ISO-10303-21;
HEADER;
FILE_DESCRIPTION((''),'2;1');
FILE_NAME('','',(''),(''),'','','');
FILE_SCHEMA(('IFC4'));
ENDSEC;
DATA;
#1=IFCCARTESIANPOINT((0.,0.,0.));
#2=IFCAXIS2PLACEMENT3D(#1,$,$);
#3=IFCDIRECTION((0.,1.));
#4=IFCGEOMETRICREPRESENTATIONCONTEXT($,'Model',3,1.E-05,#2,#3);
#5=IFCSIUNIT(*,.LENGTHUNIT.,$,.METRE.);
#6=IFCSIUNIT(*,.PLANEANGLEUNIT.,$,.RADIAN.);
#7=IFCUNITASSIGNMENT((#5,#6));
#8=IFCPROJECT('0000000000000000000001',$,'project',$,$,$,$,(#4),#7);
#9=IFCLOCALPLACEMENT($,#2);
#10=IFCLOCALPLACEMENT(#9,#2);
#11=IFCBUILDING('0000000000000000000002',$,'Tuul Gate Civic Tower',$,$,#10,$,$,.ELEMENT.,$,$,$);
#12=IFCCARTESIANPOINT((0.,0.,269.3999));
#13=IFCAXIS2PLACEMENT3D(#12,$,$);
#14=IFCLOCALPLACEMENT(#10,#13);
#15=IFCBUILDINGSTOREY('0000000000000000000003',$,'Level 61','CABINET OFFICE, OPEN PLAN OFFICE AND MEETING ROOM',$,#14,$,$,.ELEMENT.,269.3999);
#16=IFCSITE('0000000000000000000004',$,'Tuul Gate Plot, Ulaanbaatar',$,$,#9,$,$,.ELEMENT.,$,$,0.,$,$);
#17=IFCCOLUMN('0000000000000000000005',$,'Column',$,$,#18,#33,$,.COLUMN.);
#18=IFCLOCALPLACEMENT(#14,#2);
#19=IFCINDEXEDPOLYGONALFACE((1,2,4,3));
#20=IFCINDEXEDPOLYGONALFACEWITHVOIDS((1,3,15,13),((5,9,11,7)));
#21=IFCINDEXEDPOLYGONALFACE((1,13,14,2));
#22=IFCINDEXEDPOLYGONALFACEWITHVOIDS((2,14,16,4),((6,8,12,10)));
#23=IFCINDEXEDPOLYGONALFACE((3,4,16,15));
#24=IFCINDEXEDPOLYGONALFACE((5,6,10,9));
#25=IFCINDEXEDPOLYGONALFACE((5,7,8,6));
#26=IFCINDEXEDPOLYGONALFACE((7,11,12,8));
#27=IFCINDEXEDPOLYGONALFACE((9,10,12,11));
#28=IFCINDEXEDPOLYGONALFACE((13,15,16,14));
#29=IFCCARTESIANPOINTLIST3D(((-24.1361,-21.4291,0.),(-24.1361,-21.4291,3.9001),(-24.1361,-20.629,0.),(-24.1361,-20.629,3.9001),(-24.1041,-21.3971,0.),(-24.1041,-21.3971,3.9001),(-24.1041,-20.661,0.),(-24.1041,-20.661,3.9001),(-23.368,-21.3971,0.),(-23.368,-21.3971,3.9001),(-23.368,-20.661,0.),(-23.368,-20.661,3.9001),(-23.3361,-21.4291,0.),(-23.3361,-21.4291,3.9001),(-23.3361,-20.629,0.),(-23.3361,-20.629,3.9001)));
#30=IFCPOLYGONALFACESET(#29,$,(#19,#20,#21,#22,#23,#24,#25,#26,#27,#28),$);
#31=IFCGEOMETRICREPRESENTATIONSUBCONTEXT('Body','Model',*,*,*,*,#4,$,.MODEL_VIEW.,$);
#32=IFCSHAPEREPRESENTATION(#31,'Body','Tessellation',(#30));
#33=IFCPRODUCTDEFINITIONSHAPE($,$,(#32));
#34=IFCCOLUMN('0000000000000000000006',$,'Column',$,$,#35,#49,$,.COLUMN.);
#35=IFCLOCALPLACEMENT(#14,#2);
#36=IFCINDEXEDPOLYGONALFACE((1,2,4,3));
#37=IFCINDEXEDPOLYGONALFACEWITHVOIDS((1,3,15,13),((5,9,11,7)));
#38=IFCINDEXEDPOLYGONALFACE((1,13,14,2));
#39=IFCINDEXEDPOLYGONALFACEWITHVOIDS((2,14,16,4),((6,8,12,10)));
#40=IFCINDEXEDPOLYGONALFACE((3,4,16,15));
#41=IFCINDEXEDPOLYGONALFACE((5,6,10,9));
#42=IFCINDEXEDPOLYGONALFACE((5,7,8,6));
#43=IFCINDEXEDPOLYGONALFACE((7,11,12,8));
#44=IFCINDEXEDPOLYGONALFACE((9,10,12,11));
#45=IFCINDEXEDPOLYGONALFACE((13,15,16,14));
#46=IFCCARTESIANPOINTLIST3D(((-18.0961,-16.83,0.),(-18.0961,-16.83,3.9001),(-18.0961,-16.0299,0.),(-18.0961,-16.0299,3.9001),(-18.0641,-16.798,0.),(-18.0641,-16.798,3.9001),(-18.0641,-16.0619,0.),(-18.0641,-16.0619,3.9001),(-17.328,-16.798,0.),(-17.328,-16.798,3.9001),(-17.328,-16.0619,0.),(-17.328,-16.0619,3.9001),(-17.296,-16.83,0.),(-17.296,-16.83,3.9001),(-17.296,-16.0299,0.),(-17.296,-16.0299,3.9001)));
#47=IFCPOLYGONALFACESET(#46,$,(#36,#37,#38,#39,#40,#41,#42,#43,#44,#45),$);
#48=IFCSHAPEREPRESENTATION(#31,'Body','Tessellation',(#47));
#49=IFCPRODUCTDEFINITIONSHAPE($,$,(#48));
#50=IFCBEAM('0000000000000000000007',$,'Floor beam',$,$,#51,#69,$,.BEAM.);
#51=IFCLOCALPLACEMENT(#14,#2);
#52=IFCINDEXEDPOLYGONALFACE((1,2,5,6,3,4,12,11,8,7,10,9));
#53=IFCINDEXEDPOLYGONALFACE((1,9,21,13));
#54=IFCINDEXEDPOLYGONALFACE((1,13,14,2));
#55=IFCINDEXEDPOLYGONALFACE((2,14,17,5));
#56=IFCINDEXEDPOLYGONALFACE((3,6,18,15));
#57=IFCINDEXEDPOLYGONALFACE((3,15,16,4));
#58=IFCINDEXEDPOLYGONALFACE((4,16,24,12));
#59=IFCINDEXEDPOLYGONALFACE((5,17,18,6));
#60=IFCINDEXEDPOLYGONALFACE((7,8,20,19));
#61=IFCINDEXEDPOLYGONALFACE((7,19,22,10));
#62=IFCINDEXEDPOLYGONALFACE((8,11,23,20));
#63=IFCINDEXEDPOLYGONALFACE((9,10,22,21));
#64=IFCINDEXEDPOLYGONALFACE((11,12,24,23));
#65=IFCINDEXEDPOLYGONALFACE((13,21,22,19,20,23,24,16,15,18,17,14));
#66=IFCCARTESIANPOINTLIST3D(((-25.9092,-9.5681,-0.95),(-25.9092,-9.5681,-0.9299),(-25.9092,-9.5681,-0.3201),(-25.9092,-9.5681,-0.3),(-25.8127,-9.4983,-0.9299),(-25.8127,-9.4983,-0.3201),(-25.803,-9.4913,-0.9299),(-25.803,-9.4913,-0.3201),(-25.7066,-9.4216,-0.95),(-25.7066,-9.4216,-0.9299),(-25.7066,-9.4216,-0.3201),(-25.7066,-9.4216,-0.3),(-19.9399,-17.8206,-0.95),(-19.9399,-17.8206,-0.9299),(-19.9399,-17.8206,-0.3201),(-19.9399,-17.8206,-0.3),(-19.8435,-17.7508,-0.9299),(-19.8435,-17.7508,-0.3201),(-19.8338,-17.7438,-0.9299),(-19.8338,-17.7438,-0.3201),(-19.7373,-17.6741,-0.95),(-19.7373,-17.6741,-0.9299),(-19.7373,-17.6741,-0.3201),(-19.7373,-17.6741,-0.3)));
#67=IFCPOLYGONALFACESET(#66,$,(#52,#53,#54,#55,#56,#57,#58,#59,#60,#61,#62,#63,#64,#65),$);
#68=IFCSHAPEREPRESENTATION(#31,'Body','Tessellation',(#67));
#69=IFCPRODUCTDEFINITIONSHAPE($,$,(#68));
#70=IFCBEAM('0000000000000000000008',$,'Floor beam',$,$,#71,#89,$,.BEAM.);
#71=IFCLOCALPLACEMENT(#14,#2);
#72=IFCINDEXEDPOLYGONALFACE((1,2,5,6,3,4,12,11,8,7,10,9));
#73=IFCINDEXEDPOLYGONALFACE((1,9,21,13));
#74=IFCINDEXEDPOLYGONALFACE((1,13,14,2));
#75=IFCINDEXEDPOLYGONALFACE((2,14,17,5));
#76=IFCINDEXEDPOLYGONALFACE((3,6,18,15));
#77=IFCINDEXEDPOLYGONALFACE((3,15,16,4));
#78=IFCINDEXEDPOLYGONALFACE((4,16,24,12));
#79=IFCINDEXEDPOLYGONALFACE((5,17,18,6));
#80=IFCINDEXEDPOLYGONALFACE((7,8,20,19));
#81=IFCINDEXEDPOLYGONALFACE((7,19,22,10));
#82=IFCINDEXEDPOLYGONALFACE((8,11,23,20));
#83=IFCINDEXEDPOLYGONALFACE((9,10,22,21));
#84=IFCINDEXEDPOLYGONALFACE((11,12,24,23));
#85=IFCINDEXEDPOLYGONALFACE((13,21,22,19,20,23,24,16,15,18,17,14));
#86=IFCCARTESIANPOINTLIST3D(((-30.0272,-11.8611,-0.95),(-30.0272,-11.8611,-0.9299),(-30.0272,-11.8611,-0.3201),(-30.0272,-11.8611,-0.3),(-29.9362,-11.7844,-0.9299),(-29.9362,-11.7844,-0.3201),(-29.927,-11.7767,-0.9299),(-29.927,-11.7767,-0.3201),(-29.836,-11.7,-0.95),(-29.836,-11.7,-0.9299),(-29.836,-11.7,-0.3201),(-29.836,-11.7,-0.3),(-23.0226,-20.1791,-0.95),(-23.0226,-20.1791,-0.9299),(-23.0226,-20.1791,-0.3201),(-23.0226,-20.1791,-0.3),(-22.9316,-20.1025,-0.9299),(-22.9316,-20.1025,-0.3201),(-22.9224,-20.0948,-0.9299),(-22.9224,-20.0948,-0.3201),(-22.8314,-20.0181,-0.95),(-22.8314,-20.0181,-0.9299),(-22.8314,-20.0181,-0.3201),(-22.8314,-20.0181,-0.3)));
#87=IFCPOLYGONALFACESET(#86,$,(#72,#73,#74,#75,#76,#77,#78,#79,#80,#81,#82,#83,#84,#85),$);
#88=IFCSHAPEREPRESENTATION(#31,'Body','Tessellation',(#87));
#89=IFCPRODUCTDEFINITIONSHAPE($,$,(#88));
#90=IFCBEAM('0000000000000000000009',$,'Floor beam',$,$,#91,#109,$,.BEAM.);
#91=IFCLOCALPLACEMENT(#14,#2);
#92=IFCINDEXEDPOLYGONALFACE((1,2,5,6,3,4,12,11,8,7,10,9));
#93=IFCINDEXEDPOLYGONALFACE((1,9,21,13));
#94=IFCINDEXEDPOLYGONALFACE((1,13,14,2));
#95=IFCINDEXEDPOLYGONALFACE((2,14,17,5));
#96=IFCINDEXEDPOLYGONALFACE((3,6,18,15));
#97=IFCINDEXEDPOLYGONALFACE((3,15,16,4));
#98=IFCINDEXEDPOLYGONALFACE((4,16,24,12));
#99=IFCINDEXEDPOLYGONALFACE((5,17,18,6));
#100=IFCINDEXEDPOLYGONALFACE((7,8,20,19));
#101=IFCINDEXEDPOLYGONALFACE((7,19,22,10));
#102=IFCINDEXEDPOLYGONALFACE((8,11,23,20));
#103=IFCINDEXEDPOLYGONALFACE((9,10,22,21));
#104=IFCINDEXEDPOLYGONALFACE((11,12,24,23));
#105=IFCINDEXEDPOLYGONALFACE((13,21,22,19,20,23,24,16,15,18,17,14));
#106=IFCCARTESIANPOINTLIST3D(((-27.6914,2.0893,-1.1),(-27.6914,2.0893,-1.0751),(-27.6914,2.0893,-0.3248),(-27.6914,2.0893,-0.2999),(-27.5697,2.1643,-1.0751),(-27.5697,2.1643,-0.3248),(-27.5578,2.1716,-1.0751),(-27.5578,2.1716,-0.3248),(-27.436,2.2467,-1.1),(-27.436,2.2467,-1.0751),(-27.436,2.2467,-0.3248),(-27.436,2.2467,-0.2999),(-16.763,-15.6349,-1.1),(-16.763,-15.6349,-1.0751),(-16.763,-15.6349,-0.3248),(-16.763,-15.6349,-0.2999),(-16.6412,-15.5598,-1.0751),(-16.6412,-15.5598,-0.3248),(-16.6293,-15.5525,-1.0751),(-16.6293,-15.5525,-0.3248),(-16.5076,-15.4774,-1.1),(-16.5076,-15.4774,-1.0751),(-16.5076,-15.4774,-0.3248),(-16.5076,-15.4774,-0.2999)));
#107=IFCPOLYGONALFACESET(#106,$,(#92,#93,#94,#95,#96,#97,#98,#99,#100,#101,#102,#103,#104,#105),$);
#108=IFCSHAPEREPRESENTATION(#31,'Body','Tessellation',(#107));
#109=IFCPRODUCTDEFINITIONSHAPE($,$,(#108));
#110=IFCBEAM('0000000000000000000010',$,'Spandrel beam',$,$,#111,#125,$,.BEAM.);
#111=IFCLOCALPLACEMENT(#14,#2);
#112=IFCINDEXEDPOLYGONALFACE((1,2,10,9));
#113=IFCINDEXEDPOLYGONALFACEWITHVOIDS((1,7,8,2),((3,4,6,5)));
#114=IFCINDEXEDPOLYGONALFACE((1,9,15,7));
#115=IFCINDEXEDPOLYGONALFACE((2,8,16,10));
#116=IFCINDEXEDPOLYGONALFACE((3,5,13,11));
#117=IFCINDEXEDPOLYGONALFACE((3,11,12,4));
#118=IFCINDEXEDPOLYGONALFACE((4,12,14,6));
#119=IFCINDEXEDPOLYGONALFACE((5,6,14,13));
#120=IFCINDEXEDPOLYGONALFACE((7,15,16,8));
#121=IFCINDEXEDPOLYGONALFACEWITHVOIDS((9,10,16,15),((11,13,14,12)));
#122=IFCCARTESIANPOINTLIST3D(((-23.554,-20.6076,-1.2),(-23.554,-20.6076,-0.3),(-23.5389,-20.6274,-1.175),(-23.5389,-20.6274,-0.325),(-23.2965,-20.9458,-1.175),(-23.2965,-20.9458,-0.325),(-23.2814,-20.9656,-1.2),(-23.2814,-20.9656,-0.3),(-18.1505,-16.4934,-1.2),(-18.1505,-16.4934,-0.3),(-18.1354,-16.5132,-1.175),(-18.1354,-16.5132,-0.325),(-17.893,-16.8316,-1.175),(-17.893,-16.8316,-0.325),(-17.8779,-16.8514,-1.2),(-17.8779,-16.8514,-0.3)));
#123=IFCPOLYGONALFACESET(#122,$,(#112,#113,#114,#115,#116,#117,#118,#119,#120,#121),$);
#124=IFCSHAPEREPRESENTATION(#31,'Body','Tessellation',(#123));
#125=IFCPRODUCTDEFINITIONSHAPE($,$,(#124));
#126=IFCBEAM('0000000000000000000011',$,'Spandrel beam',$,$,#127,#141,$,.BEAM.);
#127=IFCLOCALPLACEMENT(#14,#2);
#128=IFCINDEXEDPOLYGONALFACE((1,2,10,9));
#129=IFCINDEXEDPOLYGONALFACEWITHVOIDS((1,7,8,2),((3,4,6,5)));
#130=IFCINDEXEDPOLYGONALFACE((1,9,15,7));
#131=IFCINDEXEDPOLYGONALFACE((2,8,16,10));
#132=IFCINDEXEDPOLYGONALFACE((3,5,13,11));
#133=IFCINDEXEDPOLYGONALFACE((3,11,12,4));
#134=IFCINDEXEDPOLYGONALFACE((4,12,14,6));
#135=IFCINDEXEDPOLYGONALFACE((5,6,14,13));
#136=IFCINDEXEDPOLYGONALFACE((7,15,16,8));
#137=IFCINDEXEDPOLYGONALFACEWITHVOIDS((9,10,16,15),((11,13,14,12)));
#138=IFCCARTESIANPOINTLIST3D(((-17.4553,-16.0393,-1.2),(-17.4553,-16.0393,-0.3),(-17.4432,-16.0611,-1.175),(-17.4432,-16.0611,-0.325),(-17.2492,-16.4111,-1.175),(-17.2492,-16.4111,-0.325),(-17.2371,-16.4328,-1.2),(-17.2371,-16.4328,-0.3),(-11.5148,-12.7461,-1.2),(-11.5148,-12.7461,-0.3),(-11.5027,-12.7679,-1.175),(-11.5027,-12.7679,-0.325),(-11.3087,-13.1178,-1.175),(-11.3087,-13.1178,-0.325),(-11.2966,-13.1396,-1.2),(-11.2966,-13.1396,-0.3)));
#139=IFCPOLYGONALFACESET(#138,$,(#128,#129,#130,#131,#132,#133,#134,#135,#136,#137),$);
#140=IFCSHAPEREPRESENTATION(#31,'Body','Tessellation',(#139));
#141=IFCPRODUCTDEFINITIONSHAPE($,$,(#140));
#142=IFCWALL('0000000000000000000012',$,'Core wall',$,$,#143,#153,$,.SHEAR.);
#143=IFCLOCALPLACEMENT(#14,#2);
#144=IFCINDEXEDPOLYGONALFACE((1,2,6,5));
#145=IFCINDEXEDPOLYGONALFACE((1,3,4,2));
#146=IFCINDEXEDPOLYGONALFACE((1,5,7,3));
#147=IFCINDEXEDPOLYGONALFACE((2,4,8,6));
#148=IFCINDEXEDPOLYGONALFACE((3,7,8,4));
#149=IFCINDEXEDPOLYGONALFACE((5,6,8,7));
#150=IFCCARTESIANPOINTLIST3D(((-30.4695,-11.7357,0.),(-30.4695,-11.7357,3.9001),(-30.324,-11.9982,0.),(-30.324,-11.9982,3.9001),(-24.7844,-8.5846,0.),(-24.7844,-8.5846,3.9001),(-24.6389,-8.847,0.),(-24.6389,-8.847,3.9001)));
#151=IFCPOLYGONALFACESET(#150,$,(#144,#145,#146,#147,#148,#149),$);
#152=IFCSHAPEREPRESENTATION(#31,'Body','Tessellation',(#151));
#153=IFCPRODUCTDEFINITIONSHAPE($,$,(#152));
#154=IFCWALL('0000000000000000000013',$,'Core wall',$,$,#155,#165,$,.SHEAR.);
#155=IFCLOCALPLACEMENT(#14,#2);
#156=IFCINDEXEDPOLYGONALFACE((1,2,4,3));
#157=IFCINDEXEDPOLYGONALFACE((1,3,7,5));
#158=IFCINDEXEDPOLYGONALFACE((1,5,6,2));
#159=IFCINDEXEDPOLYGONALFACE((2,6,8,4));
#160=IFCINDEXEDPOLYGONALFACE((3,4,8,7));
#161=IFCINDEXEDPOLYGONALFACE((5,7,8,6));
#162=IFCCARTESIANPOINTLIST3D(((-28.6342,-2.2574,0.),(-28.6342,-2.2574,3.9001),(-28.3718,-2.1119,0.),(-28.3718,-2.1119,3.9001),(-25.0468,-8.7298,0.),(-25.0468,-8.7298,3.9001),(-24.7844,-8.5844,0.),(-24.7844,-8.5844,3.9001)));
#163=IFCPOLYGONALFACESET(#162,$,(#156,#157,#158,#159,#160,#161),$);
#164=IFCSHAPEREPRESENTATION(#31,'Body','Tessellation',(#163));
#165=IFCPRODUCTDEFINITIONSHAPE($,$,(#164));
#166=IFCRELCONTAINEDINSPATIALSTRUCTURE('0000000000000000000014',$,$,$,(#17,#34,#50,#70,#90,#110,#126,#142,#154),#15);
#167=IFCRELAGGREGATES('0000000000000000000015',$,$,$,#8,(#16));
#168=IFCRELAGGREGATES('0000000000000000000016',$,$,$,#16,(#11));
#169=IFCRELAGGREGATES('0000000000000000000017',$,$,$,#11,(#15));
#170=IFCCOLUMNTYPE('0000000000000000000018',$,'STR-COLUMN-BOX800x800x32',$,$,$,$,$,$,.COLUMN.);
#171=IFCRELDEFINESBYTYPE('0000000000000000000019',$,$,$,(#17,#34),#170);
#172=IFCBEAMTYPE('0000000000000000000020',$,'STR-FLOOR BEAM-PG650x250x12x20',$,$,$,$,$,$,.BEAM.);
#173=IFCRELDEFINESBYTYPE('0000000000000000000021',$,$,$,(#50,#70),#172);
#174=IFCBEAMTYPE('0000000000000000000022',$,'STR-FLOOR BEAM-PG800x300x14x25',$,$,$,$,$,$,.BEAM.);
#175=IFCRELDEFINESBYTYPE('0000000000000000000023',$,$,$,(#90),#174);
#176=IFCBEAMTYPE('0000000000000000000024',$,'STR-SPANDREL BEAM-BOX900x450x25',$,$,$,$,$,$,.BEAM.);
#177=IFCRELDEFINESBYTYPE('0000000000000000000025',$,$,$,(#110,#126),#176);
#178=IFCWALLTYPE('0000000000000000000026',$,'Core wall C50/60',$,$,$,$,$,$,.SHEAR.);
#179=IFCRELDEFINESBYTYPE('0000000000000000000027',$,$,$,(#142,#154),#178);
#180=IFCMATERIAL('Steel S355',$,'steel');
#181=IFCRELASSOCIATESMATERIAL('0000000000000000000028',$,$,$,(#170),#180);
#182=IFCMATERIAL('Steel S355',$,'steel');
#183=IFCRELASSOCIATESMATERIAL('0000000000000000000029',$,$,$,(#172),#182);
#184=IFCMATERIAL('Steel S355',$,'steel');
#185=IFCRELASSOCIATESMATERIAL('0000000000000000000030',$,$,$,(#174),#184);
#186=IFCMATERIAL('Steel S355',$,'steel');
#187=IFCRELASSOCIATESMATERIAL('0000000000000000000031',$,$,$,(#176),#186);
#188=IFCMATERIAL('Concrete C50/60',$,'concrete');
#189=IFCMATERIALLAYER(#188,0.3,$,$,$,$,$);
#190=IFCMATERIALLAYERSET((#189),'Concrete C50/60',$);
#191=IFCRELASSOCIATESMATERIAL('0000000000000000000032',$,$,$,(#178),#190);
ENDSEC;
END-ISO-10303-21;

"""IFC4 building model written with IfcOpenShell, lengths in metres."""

from ifc_helpers import new_model, si_unit, direction, frame, frame_2d, origin, origin_2d, place, context, subcontext, project, spatial, rectangle, hollow_rectangle, i_section, extrude, material, layer, layer_set, material_profile, profile_set, type_object, element, save


model = new_model("IFC4")

# Units and contexts
model_context = context("Model", 3, precision=1e-05, world=origin(), true_north=direction((0.0, 1.0)))
body_context = subcontext(model_context, "Body", "Model", "MODEL_VIEW")
ifc_project = project(units=[si_unit("LENGTHUNIT", "METRE"), si_unit("PLANEANGLEUNIT", "RADIAN")], contexts=[model_context])

# Site, building, storey
site_placement = place(None, origin())
site = spatial("IfcSite", under=ifc_project, at=site_placement, Name="Tuul Gate Plot, Ulaanbaatar", CompositionType="ELEMENT", RefElevation=0.0)
building_placement = place(site_placement, origin())
building = spatial("IfcBuilding", under=site, at=building_placement, Name="Tuul Gate Civic Tower", CompositionType="ELEMENT")
storey_placement = place(building_placement, frame((0.0, 0.0, 269.3999)))
storey = spatial("IfcBuildingStorey", under=building, at=storey_placement, Name="Level 61", Description="CABINET OFFICE, OPEN PLAN OFFICE AND MEETING ROOM", CompositionType="ELEMENT", Elevation=269.3999)

# Columns
ifc_material_1 = material(Name="Steel S355", Category="steel")
ifc_material_profile_1 = material_profile(ifc_material_1, hollow_rectangle(XDim=0.8, YDim=0.8, WallThickness=0.032, at=origin_2d()), Name="BOX800x800x32")
ifc_profile_set_1 = profile_set([ifc_material_profile_1], Name="Steel S355")
column_type = type_object("IfcColumnType", Name="STR-COLUMN-BOX800x800x32", PredefinedType="COLUMN", material=ifc_profile_set_1)
for number, where, z_axis, x_axis, name in (
    (1, (-23.7361, -21.0291, 0.0), (0.0, 0.0, 1.0), (1.0, 0.0, 0.0), "Column"),
    (2, (-17.696, -16.4299, 0.0), (0.0, 0.0, 1.0), (1.0, 0.0, 0.0), "Column"),
):
    element("IfcColumn", number, at=place(storey_placement, frame(where, z_axis=z_axis, x_axis=x_axis)), inside=storey, type_object=column_type, Name=name, PredefinedType="COLUMN", context=body_context, shape_type="SweptSolid", body=[
        extrude(hollow_rectangle(XDim=0.8, YDim=0.8, WallThickness=0.032, at=origin_2d()), origin(), (0.0, 0.0, 1.0), 3.9001),
    ])

# Beams
ifc_material_2 = material(Name="Steel S355", Category="steel")
ifc_material_profile_2 = material_profile(ifc_material_2, i_section(OverallWidth=0.25, OverallDepth=0.6499, WebThickness=0.012, FlangeThickness=0.02, at=origin_2d()), Name="PG650x250x12x20")
ifc_profile_set_2 = profile_set([ifc_material_profile_2], Name="Steel S355")
beam_type_1 = type_object("IfcBeamType", Name="STR-FLOOR BEAM-PG650x250x12x20", PredefinedType="BEAM", material=ifc_profile_set_2)
beam_1_placement = place(storey_placement, frame((-19.8386, -17.7473, -0.625), z_axis=(-0.58608, 0.810253, 0.0), x_axis=(-0.810253, -0.58608, 0.0)))
element("IfcBeam", 3, at=beam_1_placement, inside=storey, type_object=beam_type_1, Name="Floor beam", PredefinedType="BEAM", context=body_context, shape_type="SweptSolid", body=[
    extrude(i_section(OverallWidth=0.25, OverallDepth=0.6499, WebThickness=0.012, FlangeThickness=0.02, at=origin_2d()), origin(), (0.0, 0.0, 1.0), 10.1851),
])
beam_2_placement = place(storey_placement, frame((-22.927, -20.0986, -0.625), z_axis=(-0.644131, 0.764915, 0.0), x_axis=(-0.764915, -0.644131, 0.0)))
element("IfcBeam", 4, at=beam_2_placement, inside=storey, type_object=beam_type_1, Name="Floor beam", PredefinedType="BEAM", context=body_context, shape_type="SweptSolid", body=[
    extrude(i_section(OverallWidth=0.25, OverallDepth=0.6499, WebThickness=0.012, FlangeThickness=0.02, at=origin_2d()), origin(), (0.0, 0.0, 1.0), 10.8745),
])
ifc_material_3 = material(Name="Steel S355", Category="steel")
ifc_material_profile_3 = material_profile(ifc_material_3, i_section(OverallWidth=0.3, OverallDepth=0.8, WebThickness=0.0139, FlangeThickness=0.0249, at=origin_2d()), Name="PG800x300x14x25")
ifc_profile_set_3 = profile_set([ifc_material_profile_3], Name="Steel S355")
beam_type_2 = type_object("IfcBeamType", Name="STR-FLOOR BEAM-PG800x300x14x25", PredefinedType="BEAM", material=ifc_profile_set_3)
beam_3_placement = place(storey_placement, frame((-16.6353, -15.5562, -0.7), z_axis=(-0.52484, 0.851201, 0.0), x_axis=(-0.851201, -0.52484, 0.0)))
element("IfcBeam", 5, at=beam_3_placement, inside=storey, type_object=beam_type_2, Name="Floor beam", PredefinedType="BEAM", context=body_context, shape_type="SweptSolid", body=[
    extrude(i_section(OverallWidth=0.3, OverallDepth=0.8, WebThickness=0.0139, FlangeThickness=0.0249, at=origin_2d()), origin(), (0.0, 0.0, 1.0), 20.8225),
])
ifc_material_4 = material(Name="Steel S355", Category="steel")
ifc_material_profile_4 = material_profile(ifc_material_4, hollow_rectangle(XDim=0.45, YDim=0.8999, WallThickness=0.0249, at=origin_2d()), Name="BOX900x450x25")
ifc_profile_set_4 = profile_set([ifc_material_profile_4], Name="Steel S355")
beam_type_3 = type_object("IfcBeamType", Name="STR-SPANDREL BEAM-BOX900x450x25", PredefinedType="BEAM", material=ifc_profile_set_4)
beam_4_placement = place(storey_placement, frame((-23.4177, -20.7866, -0.75), z_axis=(0.795626, 0.605788, 0.0), x_axis=(-0.605788, 0.795626, 0.0)))
element("IfcBeam", 6, at=beam_4_placement, inside=storey, type_object=beam_type_3, Name="Spandrel beam", PredefinedType="BEAM", context=body_context, shape_type="SweptSolid", body=[
    extrude(hollow_rectangle(XDim=0.45, YDim=0.8999, WallThickness=0.0249, at=origin_2d()), origin(), (0.0, 0.0, 1.0), 6.7915),
])
beam_5_placement = place(storey_placement, frame((-17.3462, -16.2361, -0.75), z_axis=(0.874596, 0.484852, 0.0), x_axis=(-0.484852, 0.874596, 0.0)))
element("IfcBeam", 7, at=beam_5_placement, inside=storey, type_object=beam_type_3, Name="Spandrel beam", PredefinedType="BEAM", context=body_context, shape_type="SweptSolid", body=[
    extrude(hollow_rectangle(XDim=0.45, YDim=0.8999, WallThickness=0.0249, at=origin_2d()), origin(), (0.0, 0.0, 1.0), 6.7922),
])

# Walls
ifc_material_5 = material(Name="Concrete C50/60", Category="concrete")
ifc_layer_1 = layer(ifc_material_5, 0.3)
ifc_layer_set_1 = layer_set([ifc_layer_1], Name="Concrete C50/60")
wall_type_1 = type_object("IfcWallType", Name="Core wall C50/60", PredefinedType="SHEAR", material=ifc_layer_set_1)
wall_1_placement = place(storey_placement, frame((-24.7117, -8.7158, 0.0), z_axis=(0.0, 0.0, 1.0), x_axis=(-0.87463, -0.484791, 0.0)))
element("IfcWall", 8, at=wall_1_placement, inside=storey, type_object=wall_type_1, Name="Core wall", PredefinedType="SHEAR", context=body_context, shape_type="SweptSolid", body=[
    extrude(rectangle(XDim=6.5, YDim=0.3, at=frame_2d((3.25, 0.0))), origin(), (0.0, 0.0, 1.0), 3.9001),
])
wall_2_placement = place(storey_placement, frame((-24.9155, -8.6572, 0.0), z_axis=(0.0, 0.0, 1.0), x_axis=(-0.484777, 0.874638, 0.0)))
element("IfcWall", 9, at=wall_2_placement, inside=storey, type_object=wall_type_1, Name="Core wall", PredefinedType="SHEAR", context=body_context, shape_type="SweptSolid", body=[
    extrude(rectangle(XDim=7.4001, YDim=0.3, at=frame_2d((3.7002, 0.0))), origin(), (0.0, 0.0, 1.0), 3.9001),
])

save(model, "model.ifc")
